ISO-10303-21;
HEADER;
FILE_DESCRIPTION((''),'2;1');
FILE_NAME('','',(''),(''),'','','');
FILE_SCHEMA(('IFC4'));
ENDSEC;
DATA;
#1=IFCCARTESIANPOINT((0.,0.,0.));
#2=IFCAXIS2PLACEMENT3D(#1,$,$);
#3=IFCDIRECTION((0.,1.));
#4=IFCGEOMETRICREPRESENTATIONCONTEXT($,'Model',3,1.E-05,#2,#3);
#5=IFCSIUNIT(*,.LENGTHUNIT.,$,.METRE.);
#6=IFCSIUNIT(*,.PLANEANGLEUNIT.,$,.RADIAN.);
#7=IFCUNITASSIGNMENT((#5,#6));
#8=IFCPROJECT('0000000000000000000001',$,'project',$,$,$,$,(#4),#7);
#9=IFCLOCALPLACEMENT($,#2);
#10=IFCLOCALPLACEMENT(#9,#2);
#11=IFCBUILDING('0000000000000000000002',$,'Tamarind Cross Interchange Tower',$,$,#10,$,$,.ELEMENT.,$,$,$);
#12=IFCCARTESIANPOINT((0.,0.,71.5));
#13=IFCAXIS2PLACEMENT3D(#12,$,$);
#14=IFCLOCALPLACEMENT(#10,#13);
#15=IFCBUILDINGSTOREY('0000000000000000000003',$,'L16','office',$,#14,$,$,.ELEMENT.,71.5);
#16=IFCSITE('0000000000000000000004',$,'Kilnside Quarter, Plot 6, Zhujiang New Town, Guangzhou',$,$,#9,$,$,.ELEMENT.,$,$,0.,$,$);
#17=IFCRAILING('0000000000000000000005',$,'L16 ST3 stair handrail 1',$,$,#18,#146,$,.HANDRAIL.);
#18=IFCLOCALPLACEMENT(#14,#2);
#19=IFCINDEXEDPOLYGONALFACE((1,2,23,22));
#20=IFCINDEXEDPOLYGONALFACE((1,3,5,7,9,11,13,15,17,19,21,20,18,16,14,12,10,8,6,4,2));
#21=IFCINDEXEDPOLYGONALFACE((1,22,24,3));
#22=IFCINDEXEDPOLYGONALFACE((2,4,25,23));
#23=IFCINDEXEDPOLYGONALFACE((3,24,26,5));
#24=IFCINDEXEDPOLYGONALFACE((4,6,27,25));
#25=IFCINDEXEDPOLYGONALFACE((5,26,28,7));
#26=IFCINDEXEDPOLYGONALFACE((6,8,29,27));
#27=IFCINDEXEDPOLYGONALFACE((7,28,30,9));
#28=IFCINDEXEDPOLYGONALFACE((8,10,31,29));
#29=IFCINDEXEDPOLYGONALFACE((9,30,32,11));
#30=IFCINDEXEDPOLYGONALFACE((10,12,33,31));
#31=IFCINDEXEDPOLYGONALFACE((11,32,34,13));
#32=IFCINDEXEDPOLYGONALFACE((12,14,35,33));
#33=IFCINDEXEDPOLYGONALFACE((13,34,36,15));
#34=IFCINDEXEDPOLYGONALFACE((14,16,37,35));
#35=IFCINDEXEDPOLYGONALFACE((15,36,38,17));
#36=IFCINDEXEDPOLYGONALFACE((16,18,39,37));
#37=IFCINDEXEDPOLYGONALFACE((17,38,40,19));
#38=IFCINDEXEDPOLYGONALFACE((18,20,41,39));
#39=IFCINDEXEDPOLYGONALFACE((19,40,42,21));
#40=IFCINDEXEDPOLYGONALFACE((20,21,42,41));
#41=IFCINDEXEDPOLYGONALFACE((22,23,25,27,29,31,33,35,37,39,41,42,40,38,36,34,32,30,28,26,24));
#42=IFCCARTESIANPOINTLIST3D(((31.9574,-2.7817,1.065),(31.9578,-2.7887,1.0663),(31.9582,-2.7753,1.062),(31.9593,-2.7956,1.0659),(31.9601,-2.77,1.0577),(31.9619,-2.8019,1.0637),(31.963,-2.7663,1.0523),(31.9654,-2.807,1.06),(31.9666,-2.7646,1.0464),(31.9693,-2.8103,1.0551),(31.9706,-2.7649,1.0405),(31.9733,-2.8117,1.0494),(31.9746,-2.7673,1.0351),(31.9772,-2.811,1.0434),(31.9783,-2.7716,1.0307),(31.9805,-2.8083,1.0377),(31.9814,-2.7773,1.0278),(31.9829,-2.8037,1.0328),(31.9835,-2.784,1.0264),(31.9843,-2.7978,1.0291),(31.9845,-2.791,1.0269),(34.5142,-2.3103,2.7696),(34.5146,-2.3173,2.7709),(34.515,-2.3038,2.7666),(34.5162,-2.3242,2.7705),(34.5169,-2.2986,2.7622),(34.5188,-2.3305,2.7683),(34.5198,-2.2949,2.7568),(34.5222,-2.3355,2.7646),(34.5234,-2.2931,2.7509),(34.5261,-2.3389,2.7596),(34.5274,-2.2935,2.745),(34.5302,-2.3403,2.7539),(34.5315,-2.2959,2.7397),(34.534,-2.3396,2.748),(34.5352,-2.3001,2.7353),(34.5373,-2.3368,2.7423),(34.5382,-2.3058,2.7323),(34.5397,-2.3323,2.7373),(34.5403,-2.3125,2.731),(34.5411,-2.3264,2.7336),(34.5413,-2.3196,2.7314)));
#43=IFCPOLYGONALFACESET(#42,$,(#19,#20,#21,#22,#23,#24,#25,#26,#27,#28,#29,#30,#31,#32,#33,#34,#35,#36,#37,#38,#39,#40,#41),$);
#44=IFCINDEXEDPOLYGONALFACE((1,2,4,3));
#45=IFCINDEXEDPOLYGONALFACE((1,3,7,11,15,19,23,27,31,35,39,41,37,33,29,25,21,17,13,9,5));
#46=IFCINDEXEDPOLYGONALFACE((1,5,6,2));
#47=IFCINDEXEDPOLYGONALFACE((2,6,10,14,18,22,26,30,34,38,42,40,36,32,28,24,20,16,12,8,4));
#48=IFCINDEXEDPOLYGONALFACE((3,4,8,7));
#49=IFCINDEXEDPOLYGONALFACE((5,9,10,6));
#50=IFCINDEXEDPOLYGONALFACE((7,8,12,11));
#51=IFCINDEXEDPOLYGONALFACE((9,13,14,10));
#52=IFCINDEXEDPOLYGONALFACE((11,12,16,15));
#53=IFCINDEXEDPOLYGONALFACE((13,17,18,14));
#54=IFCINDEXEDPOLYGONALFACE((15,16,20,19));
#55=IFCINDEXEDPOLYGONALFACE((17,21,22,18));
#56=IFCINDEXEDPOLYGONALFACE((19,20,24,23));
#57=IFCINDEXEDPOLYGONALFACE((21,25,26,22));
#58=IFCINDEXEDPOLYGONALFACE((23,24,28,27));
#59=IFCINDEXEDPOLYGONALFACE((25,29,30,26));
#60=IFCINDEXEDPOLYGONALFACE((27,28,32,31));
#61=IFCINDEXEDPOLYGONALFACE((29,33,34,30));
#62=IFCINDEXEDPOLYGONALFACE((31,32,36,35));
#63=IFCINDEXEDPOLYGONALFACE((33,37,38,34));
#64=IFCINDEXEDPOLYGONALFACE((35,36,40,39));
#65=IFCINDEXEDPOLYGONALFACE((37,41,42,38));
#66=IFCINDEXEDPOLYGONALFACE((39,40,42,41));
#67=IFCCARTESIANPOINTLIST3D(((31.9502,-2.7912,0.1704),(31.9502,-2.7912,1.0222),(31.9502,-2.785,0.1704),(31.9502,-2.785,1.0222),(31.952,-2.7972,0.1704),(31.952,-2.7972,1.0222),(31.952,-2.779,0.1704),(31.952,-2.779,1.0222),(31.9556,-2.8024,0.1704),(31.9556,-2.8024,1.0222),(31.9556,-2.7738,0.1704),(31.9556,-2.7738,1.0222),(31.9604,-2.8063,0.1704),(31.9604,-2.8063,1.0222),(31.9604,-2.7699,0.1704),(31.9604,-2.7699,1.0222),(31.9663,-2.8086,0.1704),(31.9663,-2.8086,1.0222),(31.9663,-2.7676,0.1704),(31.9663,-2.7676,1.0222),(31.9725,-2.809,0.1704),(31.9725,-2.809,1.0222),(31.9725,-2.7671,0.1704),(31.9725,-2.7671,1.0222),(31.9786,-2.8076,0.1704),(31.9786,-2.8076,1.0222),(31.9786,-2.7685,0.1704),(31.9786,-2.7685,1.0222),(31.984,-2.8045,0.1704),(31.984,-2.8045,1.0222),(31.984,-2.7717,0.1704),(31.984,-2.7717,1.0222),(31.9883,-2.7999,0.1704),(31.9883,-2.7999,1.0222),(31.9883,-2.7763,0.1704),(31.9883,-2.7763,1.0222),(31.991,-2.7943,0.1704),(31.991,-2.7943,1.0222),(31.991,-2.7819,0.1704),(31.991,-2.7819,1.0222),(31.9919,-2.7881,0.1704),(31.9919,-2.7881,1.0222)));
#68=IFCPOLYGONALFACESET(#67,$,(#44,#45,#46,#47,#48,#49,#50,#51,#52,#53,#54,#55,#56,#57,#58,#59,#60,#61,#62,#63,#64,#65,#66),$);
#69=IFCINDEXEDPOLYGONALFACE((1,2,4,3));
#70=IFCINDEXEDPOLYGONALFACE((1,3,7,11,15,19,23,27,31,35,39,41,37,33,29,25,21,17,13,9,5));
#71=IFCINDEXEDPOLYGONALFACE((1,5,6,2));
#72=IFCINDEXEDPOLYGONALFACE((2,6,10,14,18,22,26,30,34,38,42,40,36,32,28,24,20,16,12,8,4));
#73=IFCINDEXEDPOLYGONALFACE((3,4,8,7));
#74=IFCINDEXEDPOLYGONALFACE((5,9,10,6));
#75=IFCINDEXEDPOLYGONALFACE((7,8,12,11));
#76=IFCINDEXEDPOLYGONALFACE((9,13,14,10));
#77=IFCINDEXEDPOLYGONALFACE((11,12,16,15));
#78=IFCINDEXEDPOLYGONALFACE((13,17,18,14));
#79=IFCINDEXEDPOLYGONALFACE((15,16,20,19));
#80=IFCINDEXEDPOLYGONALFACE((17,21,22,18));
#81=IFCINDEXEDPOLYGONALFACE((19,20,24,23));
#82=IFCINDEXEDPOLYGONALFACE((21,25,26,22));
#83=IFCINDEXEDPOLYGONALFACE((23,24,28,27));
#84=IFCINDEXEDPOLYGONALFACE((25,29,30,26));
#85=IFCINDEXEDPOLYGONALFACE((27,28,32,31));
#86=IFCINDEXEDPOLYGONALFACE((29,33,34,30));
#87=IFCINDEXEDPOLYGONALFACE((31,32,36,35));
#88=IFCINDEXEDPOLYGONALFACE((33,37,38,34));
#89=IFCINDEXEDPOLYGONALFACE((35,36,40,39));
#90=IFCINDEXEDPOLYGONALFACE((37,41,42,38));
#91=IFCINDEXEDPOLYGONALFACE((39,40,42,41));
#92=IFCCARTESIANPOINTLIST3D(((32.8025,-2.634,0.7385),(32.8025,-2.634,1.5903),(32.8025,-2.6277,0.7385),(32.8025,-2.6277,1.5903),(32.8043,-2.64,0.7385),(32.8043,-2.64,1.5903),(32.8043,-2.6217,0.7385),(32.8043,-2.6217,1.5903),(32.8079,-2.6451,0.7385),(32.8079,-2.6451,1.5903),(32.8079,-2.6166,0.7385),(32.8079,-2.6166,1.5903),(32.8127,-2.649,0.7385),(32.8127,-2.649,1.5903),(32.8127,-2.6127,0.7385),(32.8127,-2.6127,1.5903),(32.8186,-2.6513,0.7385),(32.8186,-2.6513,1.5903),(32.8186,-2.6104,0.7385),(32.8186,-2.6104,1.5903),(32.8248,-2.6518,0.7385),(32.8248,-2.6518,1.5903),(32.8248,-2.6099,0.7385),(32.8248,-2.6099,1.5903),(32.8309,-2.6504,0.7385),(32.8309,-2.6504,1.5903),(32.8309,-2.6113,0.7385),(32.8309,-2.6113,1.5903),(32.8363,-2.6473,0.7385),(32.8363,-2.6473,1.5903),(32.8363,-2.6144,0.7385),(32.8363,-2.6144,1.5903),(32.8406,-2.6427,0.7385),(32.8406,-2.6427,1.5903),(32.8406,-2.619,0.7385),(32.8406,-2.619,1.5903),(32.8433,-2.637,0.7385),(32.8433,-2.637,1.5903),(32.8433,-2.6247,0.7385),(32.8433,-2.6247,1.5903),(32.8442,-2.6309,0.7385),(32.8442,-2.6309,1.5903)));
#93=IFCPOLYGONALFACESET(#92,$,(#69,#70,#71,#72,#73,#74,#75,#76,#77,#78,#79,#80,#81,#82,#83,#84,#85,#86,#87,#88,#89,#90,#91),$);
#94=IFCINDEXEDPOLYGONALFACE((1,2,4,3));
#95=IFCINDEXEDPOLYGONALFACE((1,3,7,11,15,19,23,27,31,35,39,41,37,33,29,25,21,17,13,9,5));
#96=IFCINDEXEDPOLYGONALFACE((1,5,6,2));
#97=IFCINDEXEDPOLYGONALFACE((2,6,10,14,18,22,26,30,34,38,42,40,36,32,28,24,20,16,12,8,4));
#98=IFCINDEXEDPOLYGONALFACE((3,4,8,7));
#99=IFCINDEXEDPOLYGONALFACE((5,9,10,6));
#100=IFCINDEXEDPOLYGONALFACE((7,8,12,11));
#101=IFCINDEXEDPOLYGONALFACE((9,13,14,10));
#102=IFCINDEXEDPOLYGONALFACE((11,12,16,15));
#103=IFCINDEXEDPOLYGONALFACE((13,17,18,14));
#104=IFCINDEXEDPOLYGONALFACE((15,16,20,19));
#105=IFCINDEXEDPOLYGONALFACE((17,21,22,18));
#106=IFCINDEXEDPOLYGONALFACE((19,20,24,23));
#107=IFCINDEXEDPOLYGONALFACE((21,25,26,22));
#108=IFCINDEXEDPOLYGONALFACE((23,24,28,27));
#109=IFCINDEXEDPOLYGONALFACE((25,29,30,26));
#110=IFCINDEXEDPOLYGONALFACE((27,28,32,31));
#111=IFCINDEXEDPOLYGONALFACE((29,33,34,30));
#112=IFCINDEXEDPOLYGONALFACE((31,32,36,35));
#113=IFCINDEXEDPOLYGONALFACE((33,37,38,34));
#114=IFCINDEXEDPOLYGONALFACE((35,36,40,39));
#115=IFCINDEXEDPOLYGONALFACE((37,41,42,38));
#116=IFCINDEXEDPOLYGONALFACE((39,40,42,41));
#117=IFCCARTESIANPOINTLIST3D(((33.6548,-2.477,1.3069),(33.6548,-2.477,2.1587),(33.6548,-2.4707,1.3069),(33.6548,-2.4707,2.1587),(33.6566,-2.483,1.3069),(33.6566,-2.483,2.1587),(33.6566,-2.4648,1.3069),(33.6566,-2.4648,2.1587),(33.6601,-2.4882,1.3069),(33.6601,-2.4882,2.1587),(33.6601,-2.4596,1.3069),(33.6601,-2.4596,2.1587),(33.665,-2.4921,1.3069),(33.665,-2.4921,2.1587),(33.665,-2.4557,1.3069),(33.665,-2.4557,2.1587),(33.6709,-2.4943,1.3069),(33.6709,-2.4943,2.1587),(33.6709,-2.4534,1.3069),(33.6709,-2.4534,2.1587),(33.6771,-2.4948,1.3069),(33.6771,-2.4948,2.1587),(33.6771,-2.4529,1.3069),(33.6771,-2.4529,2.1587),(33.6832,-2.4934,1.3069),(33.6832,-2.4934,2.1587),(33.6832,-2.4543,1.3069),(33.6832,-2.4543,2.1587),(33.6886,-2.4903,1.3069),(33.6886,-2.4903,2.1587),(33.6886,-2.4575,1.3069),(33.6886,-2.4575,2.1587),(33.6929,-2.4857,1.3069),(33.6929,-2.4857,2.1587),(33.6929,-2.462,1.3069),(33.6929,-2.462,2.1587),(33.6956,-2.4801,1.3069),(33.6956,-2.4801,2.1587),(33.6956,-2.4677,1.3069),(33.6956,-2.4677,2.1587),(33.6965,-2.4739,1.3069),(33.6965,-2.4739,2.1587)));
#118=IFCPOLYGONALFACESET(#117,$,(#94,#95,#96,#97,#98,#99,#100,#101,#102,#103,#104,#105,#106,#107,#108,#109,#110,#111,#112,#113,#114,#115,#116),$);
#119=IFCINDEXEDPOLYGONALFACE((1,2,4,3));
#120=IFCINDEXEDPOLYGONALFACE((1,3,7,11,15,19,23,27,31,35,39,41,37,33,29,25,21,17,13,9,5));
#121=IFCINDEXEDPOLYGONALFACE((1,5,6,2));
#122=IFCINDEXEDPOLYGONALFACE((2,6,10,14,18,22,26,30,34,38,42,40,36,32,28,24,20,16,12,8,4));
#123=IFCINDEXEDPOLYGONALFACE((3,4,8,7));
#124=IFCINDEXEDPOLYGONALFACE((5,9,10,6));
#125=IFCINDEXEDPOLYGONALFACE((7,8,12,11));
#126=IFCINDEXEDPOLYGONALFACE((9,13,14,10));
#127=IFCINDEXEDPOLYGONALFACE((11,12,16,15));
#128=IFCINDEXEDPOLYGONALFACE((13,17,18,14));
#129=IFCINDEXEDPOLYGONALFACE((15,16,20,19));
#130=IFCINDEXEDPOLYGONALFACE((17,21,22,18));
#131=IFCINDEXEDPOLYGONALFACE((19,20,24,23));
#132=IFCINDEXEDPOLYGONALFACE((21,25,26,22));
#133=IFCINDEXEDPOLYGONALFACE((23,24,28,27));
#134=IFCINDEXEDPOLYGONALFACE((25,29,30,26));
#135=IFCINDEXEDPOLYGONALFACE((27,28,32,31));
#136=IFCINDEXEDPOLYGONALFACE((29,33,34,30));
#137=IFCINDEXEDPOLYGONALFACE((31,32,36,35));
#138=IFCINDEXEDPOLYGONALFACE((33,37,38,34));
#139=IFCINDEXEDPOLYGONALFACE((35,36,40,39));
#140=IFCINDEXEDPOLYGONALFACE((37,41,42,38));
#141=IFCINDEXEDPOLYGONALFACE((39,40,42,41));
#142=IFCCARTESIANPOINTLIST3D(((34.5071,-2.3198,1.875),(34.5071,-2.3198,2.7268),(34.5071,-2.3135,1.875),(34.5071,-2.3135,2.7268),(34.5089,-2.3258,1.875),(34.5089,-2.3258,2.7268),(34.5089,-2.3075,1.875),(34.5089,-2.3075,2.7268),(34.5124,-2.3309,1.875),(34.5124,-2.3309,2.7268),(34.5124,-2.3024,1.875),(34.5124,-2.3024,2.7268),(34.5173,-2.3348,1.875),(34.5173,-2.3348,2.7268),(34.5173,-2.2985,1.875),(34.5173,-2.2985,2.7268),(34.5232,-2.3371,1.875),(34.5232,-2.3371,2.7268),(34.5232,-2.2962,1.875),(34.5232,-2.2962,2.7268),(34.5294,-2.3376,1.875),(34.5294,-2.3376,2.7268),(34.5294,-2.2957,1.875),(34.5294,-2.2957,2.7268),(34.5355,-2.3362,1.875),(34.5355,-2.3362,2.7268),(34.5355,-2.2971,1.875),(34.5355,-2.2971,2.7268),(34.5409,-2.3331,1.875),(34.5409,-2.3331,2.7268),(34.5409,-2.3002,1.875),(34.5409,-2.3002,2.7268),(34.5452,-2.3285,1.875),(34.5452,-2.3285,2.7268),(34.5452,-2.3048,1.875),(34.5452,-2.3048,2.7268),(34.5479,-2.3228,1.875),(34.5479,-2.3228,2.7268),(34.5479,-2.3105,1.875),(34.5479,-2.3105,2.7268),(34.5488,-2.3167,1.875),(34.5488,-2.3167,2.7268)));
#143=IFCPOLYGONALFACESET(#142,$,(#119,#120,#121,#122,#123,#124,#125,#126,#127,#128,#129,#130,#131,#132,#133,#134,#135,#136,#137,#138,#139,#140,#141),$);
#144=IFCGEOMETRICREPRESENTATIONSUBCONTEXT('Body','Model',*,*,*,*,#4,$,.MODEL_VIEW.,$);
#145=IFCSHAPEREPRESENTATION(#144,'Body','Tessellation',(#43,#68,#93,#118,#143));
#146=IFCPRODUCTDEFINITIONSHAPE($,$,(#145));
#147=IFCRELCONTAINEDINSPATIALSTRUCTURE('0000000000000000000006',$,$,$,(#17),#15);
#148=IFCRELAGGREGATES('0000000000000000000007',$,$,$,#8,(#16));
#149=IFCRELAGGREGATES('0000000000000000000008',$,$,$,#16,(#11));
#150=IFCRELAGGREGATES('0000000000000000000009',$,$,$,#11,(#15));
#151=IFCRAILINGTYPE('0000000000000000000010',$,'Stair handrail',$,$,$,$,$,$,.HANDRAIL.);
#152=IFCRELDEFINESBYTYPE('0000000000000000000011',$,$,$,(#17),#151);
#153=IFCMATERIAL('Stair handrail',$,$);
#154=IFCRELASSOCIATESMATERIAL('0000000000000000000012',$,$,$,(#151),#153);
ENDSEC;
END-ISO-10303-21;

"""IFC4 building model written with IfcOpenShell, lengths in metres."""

from ifc_helpers import new_model, si_unit, direction, frame, origin, origin_2d, place, context, subcontext, project, spatial, circle, extrude, material, type_object, element, save


model = new_model("IFC4")

# Units and contexts
model_context = context("Model", 3, precision=1e-05, world=origin(), true_north=direction((0.0, 1.0)))
body_context = subcontext(model_context, "Body", "Model", "MODEL_VIEW")
ifc_project = project(units=[si_unit("LENGTHUNIT", "METRE"), si_unit("PLANEANGLEUNIT", "RADIAN")], contexts=[model_context])

# Site, building, storey
site_placement = place(None, origin())
site = spatial("IfcSite", under=ifc_project, at=site_placement, Name="Kilnside Quarter, Plot 6, Zhujiang New Town, Guangzhou", CompositionType="ELEMENT", RefElevation=0.0)
building_placement = place(site_placement, origin())
building = spatial("IfcBuilding", under=site, at=building_placement, Name="Tamarind Cross Interchange Tower", CompositionType="ELEMENT")
storey_placement = place(building_placement, frame((0.0, 0.0, 71.5)))
storey = spatial("IfcBuildingStorey", under=building, at=storey_placement, Name="L16", Description="office", CompositionType="ELEMENT", Elevation=71.5)

# Railing
ifc_material_1 = material(Name="Stair handrail")
railing_type_1 = type_object("IfcRailingType", Name="Stair handrail", PredefinedType="HANDRAIL", material=ifc_material_1)
railing_1_placement = place(storey_placement, frame((31.9709, -2.7881, 0.1704)))
element("IfcRailing", 1, at=railing_1_placement, inside=storey, type_object=railing_type_1, Name="L16 ST3 stair handrail 1", PredefinedType="HANDRAIL", context=body_context, shape_type="SweptSolid", body=[
    extrude(circle(Radius=0.0239, at=origin_2d()), frame((0.0, 0.0, 0.876), z_axis=(0.822428, 0.151638, 0.548286), x_axis=(-0.181323, 0.983424, 0.0)), (0.0, 0.0, 1.0), 3.1089),
    extrude(circle(Radius=0.021, at=origin_2d()), origin(), (0.0, 0.0, 1.0), 0.8518),
    extrude(circle(Radius=0.021, at=origin_2d()), frame((0.8523, 0.1572, 0.5681)), (0.0, 0.0, 1.0), 0.8518),
    extrude(circle(Radius=0.021, at=origin_2d()), frame((1.7046, 0.3142, 1.1365)), (0.0, 0.0, 1.0), 0.8518),
    extrude(circle(Radius=0.021, at=origin_2d()), frame((2.5569, 0.4714, 1.7046)), (0.0, 0.0, 1.0), 0.8518),
])

save(model, "model.ifc")
